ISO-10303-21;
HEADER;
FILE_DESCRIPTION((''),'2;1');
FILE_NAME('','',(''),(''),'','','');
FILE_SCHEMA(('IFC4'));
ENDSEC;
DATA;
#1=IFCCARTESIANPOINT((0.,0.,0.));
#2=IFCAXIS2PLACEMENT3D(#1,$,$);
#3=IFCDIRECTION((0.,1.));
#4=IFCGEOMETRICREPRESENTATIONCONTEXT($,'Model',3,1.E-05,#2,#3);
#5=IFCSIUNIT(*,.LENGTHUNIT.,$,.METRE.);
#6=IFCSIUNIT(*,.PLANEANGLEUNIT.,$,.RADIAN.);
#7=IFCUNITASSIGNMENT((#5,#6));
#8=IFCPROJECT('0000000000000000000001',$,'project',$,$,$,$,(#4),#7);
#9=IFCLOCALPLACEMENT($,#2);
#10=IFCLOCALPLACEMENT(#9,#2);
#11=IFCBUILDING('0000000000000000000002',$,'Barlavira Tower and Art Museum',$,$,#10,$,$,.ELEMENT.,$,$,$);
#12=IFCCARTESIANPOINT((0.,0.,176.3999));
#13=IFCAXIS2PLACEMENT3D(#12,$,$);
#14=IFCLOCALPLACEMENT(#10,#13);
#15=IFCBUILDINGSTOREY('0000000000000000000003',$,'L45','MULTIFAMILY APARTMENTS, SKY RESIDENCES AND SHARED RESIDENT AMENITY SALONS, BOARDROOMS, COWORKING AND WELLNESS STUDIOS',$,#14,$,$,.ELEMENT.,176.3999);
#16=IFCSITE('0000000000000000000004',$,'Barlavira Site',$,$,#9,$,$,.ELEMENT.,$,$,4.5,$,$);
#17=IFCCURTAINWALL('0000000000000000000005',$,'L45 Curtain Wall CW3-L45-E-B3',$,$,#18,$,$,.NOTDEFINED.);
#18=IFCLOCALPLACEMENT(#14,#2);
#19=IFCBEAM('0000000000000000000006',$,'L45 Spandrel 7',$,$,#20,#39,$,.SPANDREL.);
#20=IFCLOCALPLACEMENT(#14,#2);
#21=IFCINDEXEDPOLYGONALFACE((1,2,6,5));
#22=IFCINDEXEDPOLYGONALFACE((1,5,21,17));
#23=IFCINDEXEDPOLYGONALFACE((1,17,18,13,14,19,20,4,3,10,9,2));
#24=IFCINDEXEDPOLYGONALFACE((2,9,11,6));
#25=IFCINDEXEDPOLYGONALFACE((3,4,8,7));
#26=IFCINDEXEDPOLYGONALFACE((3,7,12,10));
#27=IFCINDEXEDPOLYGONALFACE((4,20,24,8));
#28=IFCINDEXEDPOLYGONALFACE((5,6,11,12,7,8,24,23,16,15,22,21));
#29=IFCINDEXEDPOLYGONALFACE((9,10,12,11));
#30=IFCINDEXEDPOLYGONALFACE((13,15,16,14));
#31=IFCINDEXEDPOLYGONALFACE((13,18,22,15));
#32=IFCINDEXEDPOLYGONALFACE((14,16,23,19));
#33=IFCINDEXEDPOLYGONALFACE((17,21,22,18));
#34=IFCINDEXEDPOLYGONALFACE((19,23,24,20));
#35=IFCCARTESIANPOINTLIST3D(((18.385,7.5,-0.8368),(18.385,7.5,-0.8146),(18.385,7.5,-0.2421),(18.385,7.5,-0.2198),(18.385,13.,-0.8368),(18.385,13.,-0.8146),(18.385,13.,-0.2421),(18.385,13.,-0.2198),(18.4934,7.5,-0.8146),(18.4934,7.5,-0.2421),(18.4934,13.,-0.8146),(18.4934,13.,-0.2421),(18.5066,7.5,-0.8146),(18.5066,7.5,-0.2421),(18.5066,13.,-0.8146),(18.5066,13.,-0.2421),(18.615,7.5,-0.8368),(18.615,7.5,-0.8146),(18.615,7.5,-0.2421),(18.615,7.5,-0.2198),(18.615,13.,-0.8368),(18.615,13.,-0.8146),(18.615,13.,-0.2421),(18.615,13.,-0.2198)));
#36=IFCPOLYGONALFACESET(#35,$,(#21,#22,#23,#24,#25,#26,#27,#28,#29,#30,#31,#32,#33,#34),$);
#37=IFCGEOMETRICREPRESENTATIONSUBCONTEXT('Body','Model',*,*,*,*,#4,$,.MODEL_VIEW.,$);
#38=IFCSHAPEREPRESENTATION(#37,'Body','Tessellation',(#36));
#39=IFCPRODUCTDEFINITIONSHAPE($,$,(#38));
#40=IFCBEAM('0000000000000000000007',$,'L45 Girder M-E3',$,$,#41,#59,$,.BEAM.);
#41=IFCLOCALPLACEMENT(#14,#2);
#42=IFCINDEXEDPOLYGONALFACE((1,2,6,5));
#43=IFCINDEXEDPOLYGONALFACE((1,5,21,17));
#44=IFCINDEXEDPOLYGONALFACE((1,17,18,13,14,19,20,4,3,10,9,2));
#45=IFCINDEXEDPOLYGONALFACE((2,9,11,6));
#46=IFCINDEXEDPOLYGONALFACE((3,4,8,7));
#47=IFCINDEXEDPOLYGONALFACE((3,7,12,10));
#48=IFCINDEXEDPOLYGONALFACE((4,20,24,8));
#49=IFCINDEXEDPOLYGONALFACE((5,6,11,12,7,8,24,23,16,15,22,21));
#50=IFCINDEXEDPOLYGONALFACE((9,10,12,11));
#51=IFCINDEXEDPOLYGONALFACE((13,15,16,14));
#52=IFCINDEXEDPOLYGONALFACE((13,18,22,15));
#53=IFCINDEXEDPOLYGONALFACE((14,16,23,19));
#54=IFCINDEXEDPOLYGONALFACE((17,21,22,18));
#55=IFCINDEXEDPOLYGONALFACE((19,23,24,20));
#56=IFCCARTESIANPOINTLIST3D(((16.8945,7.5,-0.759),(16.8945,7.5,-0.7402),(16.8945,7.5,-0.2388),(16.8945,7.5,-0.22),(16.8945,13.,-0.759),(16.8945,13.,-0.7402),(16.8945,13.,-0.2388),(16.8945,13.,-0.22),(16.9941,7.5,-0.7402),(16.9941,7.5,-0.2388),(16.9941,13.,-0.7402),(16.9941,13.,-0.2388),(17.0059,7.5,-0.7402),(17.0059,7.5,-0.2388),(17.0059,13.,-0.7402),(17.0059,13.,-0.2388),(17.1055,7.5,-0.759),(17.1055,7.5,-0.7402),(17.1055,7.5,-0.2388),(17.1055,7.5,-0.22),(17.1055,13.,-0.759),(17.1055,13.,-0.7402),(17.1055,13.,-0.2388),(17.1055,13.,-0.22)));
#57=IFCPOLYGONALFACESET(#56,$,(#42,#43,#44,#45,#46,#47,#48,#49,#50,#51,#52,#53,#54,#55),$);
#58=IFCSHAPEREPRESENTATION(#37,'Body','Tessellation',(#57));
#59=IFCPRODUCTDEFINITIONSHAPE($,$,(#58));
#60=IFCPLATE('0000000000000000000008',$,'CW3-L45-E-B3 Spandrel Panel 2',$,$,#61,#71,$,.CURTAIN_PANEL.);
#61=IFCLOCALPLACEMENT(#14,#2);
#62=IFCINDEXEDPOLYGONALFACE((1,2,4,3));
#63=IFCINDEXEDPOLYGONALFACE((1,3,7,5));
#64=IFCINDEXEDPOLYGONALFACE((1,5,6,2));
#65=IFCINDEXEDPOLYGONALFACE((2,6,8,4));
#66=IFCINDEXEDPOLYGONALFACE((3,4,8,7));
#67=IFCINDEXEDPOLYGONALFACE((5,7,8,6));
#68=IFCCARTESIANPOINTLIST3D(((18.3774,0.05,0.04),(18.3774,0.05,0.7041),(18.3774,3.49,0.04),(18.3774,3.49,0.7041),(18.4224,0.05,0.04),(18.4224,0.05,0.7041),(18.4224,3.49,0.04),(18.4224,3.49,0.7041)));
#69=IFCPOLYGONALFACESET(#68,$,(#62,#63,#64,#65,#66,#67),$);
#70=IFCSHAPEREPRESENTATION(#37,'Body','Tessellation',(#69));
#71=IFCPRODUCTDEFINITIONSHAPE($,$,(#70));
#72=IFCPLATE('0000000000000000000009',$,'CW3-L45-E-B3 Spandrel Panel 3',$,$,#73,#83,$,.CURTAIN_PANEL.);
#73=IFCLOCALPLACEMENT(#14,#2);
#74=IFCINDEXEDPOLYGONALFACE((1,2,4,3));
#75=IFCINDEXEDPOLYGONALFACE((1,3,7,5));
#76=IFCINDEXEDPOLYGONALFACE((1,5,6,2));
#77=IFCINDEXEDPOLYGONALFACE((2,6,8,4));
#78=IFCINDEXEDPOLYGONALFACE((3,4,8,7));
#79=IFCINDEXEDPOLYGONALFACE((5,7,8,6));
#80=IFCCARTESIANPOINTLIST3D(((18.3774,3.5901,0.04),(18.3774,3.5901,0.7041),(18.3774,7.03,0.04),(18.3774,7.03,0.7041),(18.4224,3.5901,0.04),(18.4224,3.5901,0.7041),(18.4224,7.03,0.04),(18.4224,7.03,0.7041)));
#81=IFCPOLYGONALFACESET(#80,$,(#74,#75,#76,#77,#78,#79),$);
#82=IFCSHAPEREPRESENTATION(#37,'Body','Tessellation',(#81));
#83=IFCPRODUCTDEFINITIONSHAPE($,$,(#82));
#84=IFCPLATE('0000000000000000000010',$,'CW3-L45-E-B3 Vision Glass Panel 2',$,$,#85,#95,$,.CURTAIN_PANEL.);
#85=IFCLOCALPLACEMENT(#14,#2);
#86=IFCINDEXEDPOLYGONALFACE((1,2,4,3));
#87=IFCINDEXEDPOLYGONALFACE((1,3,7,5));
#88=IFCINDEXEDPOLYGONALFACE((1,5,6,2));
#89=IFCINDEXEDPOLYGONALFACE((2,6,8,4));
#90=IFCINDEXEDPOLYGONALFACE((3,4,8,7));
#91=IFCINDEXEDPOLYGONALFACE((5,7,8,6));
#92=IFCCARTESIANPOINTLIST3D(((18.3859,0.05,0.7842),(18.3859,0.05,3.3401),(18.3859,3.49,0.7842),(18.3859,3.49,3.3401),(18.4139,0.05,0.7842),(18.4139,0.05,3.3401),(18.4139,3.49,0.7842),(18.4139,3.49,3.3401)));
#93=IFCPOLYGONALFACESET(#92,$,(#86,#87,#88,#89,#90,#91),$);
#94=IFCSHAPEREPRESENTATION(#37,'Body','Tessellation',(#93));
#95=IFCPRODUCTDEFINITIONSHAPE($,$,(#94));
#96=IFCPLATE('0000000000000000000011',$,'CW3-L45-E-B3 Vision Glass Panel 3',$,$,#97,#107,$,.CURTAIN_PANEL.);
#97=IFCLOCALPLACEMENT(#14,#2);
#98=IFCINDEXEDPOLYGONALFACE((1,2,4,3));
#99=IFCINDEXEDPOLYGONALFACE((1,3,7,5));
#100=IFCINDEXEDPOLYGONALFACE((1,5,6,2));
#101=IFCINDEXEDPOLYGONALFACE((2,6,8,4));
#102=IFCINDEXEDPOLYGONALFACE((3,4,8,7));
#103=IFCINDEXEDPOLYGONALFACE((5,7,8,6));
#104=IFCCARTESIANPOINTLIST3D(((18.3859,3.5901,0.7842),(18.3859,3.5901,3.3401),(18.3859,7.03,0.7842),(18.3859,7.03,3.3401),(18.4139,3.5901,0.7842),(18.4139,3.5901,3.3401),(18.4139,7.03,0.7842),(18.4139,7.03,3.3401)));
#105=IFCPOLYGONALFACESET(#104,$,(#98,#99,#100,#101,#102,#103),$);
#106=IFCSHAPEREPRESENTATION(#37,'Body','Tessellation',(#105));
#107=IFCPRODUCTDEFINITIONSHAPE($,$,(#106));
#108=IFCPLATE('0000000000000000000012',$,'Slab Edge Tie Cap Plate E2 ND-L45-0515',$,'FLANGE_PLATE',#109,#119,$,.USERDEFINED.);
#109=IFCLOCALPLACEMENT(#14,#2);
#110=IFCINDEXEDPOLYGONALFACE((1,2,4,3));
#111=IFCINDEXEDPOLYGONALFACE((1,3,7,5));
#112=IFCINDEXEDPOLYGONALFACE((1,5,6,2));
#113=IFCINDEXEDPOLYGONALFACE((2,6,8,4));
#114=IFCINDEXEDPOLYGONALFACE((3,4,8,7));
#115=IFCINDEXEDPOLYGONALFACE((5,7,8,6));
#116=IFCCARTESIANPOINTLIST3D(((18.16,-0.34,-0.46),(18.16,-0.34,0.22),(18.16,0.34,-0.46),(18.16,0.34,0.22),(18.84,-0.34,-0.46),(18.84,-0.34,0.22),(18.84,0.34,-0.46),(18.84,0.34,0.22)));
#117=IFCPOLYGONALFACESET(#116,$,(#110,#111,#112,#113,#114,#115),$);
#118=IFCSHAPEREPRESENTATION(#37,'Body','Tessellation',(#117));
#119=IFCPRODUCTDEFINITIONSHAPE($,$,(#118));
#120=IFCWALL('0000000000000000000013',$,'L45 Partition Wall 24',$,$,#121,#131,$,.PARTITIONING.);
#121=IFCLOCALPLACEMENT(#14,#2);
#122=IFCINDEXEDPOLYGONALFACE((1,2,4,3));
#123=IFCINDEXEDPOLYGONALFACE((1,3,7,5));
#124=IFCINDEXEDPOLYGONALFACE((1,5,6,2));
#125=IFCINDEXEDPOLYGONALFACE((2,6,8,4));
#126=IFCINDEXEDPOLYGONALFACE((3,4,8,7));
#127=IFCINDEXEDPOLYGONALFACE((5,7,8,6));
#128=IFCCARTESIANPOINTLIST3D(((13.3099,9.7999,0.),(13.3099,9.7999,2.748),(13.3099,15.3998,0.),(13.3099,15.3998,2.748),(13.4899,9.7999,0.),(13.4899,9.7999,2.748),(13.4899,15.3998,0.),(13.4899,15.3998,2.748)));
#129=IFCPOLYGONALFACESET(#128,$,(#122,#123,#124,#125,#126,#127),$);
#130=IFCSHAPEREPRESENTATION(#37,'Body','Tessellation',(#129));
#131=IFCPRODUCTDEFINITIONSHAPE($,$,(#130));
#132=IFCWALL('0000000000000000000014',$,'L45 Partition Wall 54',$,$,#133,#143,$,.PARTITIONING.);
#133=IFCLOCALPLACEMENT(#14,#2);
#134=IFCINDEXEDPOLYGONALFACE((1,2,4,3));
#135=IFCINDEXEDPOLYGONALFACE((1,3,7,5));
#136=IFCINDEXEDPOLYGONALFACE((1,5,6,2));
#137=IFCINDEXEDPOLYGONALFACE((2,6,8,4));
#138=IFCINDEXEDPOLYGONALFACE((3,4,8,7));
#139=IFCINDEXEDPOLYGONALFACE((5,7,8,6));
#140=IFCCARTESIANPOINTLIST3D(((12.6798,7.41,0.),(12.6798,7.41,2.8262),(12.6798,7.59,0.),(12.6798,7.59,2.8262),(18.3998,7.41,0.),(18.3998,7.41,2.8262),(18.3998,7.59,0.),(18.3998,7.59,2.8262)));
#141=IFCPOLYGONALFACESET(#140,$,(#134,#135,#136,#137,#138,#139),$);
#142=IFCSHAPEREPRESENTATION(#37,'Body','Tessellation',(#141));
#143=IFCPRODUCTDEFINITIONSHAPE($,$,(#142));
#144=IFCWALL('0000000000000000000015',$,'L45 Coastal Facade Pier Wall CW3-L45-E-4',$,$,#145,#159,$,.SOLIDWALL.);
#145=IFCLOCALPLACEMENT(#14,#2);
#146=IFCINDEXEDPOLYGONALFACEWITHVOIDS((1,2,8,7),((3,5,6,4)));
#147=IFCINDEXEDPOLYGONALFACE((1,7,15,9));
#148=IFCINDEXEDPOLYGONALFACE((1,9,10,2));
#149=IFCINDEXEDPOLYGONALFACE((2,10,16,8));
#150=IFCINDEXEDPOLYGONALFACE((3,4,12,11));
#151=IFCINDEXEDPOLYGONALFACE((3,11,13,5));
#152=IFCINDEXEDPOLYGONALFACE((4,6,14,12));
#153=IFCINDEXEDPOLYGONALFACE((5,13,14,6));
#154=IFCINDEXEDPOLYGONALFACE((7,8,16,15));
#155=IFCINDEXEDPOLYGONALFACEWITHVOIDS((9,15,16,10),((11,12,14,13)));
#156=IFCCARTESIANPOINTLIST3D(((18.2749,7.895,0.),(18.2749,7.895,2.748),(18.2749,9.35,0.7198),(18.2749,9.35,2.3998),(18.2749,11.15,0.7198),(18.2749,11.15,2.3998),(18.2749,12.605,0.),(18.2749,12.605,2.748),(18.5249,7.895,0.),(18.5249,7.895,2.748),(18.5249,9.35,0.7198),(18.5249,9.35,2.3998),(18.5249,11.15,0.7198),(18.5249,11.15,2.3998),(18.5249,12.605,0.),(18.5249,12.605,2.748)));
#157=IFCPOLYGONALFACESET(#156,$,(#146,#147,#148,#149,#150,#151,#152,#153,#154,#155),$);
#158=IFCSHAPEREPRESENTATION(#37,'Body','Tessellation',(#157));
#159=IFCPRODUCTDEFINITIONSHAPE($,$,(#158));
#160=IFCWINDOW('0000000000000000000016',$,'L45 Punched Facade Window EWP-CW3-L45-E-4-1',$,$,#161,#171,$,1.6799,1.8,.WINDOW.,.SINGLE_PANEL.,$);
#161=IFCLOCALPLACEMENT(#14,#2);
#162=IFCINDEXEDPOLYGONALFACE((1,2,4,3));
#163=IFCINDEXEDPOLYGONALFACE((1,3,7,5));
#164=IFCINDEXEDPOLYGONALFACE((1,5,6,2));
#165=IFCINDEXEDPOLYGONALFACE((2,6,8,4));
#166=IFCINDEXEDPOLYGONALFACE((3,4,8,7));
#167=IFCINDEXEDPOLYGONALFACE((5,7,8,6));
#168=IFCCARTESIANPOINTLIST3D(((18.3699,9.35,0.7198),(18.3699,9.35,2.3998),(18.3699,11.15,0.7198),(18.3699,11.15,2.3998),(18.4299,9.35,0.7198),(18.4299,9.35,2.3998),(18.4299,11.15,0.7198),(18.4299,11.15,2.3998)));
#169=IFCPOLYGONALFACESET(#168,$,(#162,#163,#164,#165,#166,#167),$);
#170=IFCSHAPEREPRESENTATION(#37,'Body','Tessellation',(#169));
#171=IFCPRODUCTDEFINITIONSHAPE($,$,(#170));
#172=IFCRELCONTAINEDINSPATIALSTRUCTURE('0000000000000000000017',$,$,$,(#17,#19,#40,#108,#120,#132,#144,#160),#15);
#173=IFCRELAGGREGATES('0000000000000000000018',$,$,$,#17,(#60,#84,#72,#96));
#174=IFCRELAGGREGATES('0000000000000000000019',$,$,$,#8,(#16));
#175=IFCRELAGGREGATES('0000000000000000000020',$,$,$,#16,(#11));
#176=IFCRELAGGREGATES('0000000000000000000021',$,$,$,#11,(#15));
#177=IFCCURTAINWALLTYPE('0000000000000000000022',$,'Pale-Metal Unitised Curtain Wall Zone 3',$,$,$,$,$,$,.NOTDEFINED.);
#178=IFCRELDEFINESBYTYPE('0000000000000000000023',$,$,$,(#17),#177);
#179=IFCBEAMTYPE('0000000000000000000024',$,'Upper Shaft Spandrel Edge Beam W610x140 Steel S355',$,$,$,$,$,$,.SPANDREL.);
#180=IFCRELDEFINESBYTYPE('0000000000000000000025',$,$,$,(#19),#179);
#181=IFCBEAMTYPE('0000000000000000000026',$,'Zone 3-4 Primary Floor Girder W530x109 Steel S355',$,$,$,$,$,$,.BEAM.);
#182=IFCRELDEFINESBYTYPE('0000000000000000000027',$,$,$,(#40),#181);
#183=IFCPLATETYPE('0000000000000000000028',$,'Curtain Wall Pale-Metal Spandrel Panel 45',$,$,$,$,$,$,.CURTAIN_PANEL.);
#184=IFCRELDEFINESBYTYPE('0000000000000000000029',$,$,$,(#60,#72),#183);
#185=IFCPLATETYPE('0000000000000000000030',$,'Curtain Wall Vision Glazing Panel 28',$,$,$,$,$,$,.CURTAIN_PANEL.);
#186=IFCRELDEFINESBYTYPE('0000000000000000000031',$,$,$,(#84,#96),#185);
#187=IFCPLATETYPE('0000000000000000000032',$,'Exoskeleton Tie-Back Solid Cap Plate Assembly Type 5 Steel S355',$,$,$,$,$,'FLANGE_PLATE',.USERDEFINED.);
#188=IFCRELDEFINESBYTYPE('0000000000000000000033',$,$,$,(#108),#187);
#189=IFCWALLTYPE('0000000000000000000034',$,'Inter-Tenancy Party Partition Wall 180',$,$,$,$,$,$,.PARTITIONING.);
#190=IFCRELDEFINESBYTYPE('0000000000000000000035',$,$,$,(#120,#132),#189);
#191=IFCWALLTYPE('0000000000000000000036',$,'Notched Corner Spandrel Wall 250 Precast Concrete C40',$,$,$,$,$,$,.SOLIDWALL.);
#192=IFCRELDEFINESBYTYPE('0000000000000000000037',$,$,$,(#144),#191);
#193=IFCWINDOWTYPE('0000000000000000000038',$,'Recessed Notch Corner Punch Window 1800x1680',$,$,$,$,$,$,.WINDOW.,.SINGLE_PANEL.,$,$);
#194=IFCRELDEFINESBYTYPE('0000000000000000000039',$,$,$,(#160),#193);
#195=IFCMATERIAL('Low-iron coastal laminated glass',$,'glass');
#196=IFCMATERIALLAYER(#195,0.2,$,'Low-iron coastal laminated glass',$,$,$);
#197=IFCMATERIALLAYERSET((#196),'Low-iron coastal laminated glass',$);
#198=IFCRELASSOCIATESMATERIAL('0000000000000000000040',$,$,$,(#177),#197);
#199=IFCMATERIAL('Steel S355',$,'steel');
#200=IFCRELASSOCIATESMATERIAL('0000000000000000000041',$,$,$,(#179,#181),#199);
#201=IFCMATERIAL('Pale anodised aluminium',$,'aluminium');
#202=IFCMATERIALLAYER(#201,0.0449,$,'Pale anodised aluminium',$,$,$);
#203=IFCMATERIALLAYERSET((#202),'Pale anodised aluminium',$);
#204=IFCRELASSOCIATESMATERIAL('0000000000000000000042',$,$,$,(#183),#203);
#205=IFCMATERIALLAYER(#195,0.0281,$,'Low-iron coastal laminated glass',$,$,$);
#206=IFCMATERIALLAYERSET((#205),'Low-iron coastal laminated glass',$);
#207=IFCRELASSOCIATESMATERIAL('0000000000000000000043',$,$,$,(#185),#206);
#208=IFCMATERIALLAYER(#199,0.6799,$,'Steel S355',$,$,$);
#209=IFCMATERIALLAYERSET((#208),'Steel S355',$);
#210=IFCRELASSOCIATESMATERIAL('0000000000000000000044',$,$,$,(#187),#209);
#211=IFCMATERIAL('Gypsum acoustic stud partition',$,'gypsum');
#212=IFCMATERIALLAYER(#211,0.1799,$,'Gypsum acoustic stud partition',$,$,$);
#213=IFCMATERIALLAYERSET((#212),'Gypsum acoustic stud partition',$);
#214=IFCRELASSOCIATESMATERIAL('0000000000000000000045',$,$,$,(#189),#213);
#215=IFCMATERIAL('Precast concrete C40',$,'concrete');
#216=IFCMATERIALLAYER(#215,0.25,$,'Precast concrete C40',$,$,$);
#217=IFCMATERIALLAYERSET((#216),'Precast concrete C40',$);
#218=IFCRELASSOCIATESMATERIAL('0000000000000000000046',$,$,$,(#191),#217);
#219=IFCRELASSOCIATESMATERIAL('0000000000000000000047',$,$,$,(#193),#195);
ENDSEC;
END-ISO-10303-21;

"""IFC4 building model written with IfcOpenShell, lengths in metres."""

from ifc_helpers import new_model, si_unit, direction, frame, frame_2d, origin, origin_2d, place, context, subcontext, project, spatial, rectangle, i_section, extrude, material, layer, layer_set, material_profile, profile_set, type_object, element, fill, aggregate, save


model = new_model("IFC4")

# Units and contexts
model_context = context("Model", 3, precision=1e-05, world=origin(), true_north=direction((0.0, 1.0)))
body_context = subcontext(model_context, "Body", "Model", "MODEL_VIEW")
ifc_project = project(units=[si_unit("LENGTHUNIT", "METRE"), si_unit("PLANEANGLEUNIT", "RADIAN")], contexts=[model_context])

# Site, building, storey
site_placement = place(None, origin())
site = spatial("IfcSite", under=ifc_project, at=site_placement, Name="Barlavira Site", CompositionType="ELEMENT", RefElevation=4.5)
building_placement = place(site_placement, origin())
building = spatial("IfcBuilding", under=site, at=building_placement, Name="Barlavira Tower and Art Museum", CompositionType="ELEMENT")
storey_placement = place(building_placement, frame((0.0, 0.0, 176.3999)))
storey = spatial("IfcBuildingStorey", under=building, at=storey_placement, Name="L45", Description="MULTIFAMILY APARTMENTS, SKY RESIDENCES AND SHARED RESIDENT AMENITY SALONS, BOARDROOMS, COWORKING AND WELLNESS STUDIOS", CompositionType="ELEMENT", Elevation=176.3999)

# Curtain wall
ifc_material_1 = material(Name="Low-iron coastal laminated glass", Category="glass")
ifc_layer_1 = layer(ifc_material_1, 0.2, Name="Low-iron coastal laminated glass")
ifc_layer_set_1 = layer_set([ifc_layer_1], Name="Low-iron coastal laminated glass")
curtain_wall_type = type_object("IfcCurtainWallType", Name="Pale-Metal Unitised Curtain Wall Zone 3", PredefinedType="NOTDEFINED", material=ifc_layer_set_1)
curtain_wall_placement = place(storey_placement, origin())
curtain_wall = element("IfcCurtainWall", 1, at=curtain_wall_placement, inside=storey, type_object=curtain_wall_type, Name="L45 Curtain Wall CW3-L45-E-B3", PredefinedType="NOTDEFINED")
ifc_material_2 = material(Name="Pale anodised aluminium", Category="aluminium")

# Shared definitions
ifc_material_3 = material(Name="Steel S355", Category="steel")

# Beams
ifc_material_profile_1 = material_profile(ifc_material_3, i_section(OverallWidth=0.23, OverallDepth=0.6169, WebThickness=0.0132, FlangeThickness=0.0222, at=origin_2d()), Name="W610x140.0")
ifc_profile_set_1 = profile_set([ifc_material_profile_1], Name="Steel S355")
beam_type_1 = type_object("IfcBeamType", Name="Upper Shaft Spandrel Edge Beam W610x140 Steel S355", PredefinedType="SPANDREL", material=ifc_profile_set_1)
beam_1_placement = place(storey_placement, frame((18.5, 7.5, -0.5283), z_axis=(0.0, 1.0, 0.0), x_axis=(-1.0, 0.0, 0.0)))
element("IfcBeam", 2, at=beam_1_placement, inside=storey, type_object=beam_type_1, Name="L45 Spandrel 7", PredefinedType="SPANDREL", context=body_context, shape_type="SweptSolid", body=[
    extrude(i_section(OverallWidth=0.23, OverallDepth=0.6169, WebThickness=0.0132, FlangeThickness=0.0222, at=origin_2d()), origin(), (0.0, 0.0, 1.0), 5.5),
])
ifc_material_profile_2 = material_profile(ifc_material_3, i_section(OverallWidth=0.2109, OverallDepth=0.5391, WebThickness=0.0117, FlangeThickness=0.0188, at=origin_2d()), Name="W530x109.0")
ifc_profile_set_2 = profile_set([ifc_material_profile_2], Name="Steel S355")
beam_type_2 = type_object("IfcBeamType", Name="Zone 3-4 Primary Floor Girder W530x109 Steel S355", PredefinedType="BEAM", material=ifc_profile_set_2)
beam_2_placement = place(storey_placement, frame((17.0, 7.5, -0.4895), z_axis=(0.0, 1.0, 0.0), x_axis=(-1.0, 0.0, 0.0)))
element("IfcBeam", 3, at=beam_2_placement, inside=storey, type_object=beam_type_2, Name="L45 Girder M-E3", PredefinedType="BEAM", context=body_context, shape_type="SweptSolid", body=[
    extrude(i_section(OverallWidth=0.2109, OverallDepth=0.5391, WebThickness=0.0117, FlangeThickness=0.0188, at=origin_2d()), origin(), (0.0, 0.0, 1.0), 5.5),
])

# Plates
ifc_layer_2 = layer(ifc_material_2, 0.0449, Name="Pale anodised aluminium")
ifc_layer_set_2 = layer_set([ifc_layer_2], Name="Pale anodised aluminium")
plate_type_1 = type_object("IfcPlateType", Name="Curtain Wall Pale-Metal Spandrel Panel 45", PredefinedType="CURTAIN_PANEL", material=ifc_layer_set_2)
plate_1_placement = place(storey_placement, frame((18.3999, 1.77, 0.04), z_axis=(0.0, 0.0, 1.0), x_axis=(0.0, 1.0, 0.0)))
plate_1 = element("IfcPlate", 4, at=plate_1_placement, type_object=plate_type_1, Name="CW3-L45-E-B3 Spandrel Panel 2", PredefinedType="CURTAIN_PANEL", context=body_context, shape_type="SweptSolid", body=[
    extrude(rectangle(XDim=3.4399, YDim=0.0449, at=origin_2d()), origin(), (0.0, 0.0, 1.0), 0.6641),
])
plate_2_placement = place(storey_placement, frame((18.3999, 5.3101, 0.04), z_axis=(0.0, 0.0, 1.0), x_axis=(0.0, 1.0, 0.0)))
plate_2 = element("IfcPlate", 5, at=plate_2_placement, type_object=plate_type_1, Name="CW3-L45-E-B3 Spandrel Panel 3", PredefinedType="CURTAIN_PANEL", context=body_context, shape_type="SweptSolid", body=[
    extrude(rectangle(XDim=3.4399, YDim=0.0449, at=origin_2d()), origin(), (0.0, 0.0, 1.0), 0.6641),
])
ifc_layer_3 = layer(ifc_material_1, 0.0281, Name="Low-iron coastal laminated glass")
ifc_layer_set_3 = layer_set([ifc_layer_3], Name="Low-iron coastal laminated glass")
plate_type_2 = type_object("IfcPlateType", Name="Curtain Wall Vision Glazing Panel 28", PredefinedType="CURTAIN_PANEL", material=ifc_layer_set_3)
plate_3_placement = place(storey_placement, frame((18.3999, 1.77, 0.7842), z_axis=(0.0, 0.0, 1.0), x_axis=(0.0, 1.0, 0.0)))
plate_3 = element("IfcPlate", 6, at=plate_3_placement, type_object=plate_type_2, Name="CW3-L45-E-B3 Vision Glass Panel 2", PredefinedType="CURTAIN_PANEL", context=body_context, shape_type="SweptSolid", body=[
    extrude(rectangle(XDim=3.4399, YDim=0.0281, at=origin_2d()), origin(), (0.0, 0.0, 1.0), 2.5559),
])
plate_4_placement = place(storey_placement, frame((18.3999, 5.3101, 0.7842), z_axis=(0.0, 0.0, 1.0), x_axis=(0.0, 1.0, 0.0)))
plate_4 = element("IfcPlate", 7, at=plate_4_placement, type_object=plate_type_2, Name="CW3-L45-E-B3 Vision Glass Panel 3", PredefinedType="CURTAIN_PANEL", context=body_context, shape_type="SweptSolid", body=[
    extrude(rectangle(XDim=3.4399, YDim=0.0281, at=origin_2d()), origin(), (0.0, 0.0, 1.0), 2.5559),
])
aggregate(curtain_wall, [plate_1, plate_3, plate_2, plate_4])
ifc_layer_4 = layer(ifc_material_3, 0.6799, Name="Steel S355")
ifc_layer_set_4 = layer_set([ifc_layer_4], Name="Steel S355")
plate_type_3 = type_object("IfcPlateType", Name="Exoskeleton Tie-Back Solid Cap Plate Assembly Type 5 Steel S355", ElementType="FLANGE_PLATE", PredefinedType="USERDEFINED", material=ifc_layer_set_4)
plate_5_placement = place(storey_placement, frame((18.5, 0.0, -0.46), z_axis=(0.0, 0.0, 1.0), x_axis=(1.0, 0.0, 0.0)))
element("IfcPlate", 8, at=plate_5_placement, inside=storey, type_object=plate_type_3, Name="Slab Edge Tie Cap Plate E2 ND-L45-0515", ObjectType="FLANGE_PLATE", PredefinedType="USERDEFINED", context=body_context, shape_type="SweptSolid", body=[
    extrude(rectangle(XDim=0.6799, YDim=0.6799, at=origin_2d()), origin(), (0.0, 0.0, 1.0), 0.6799),
])

# Walls
ifc_material_4 = material(Name="Gypsum acoustic stud partition", Category="gypsum")
ifc_layer_5 = layer(ifc_material_4, 0.1799, Name="Gypsum acoustic stud partition")
ifc_layer_set_5 = layer_set([ifc_layer_5], Name="Gypsum acoustic stud partition")
wall_type_1 = type_object("IfcWallType", Name="Inter-Tenancy Party Partition Wall 180", PredefinedType="PARTITIONING", material=ifc_layer_set_5)
wall_1_placement = place(storey_placement, frame((13.3999, 9.8, 0.0), z_axis=(0.0, 0.0, 1.0), x_axis=(0.0, 1.0, 0.0)))
element("IfcWall", 9, at=wall_1_placement, inside=storey, type_object=wall_type_1, Name="L45 Partition Wall 24", PredefinedType="PARTITIONING", context=body_context, shape_type="SweptSolid", body=[
    extrude(rectangle(XDim=5.5999, YDim=0.1799, at=frame_2d((2.7998, 0.0))), origin(), (0.0, 0.0, 1.0), 2.748),
])
wall_2_placement = place(storey_placement, frame((12.6799, 7.5, 0.0), z_axis=(0.0, 0.0, 1.0), x_axis=(1.0, 0.0, 0.0)))
element("IfcWall", 10, at=wall_2_placement, inside=storey, type_object=wall_type_1, Name="L45 Partition Wall 54", PredefinedType="PARTITIONING", context=body_context, shape_type="SweptSolid", body=[
    extrude(rectangle(XDim=5.72, YDim=0.1799, at=frame_2d((2.8599, 0.0))), origin(), (0.0, 0.0, 1.0), 2.8262),
])

# Wall, opening, window
ifc_material_5 = material(Name="Precast concrete C40", Category="concrete")
ifc_layer_6 = layer(ifc_material_5, 0.25, Name="Precast concrete C40")
ifc_layer_set_6 = layer_set([ifc_layer_6], Name="Precast concrete C40")
wall_type_2 = type_object("IfcWallType", Name="Notched Corner Spandrel Wall 250 Precast Concrete C40", PredefinedType="SOLIDWALL", material=ifc_layer_set_6)
wall_3_placement = place(storey_placement, frame((18.3999, 7.895, 0.0), z_axis=(0.0, 0.0, 1.0), x_axis=(0.0, 1.0, 0.0)))
wall_3 = element("IfcWall", 11, at=wall_3_placement, inside=storey, type_object=wall_type_2, Name="L45 Coastal Facade Pier Wall CW3-L45-E-4", PredefinedType="SOLIDWALL", context=body_context, shape_type="SweptSolid", body=[
    extrude(rectangle(XDim=4.71, YDim=0.25, at=frame_2d((2.355, 0.0))), origin(), (0.0, 0.0, 1.0), 2.748),
])
opening_placement = place(wall_3_placement, frame((1.4551, 0.0, 0.72)))
opening = element("IfcOpeningElement", 12, at=opening_placement, cuts=wall_3, PredefinedType="OPENING", context=body_context, shape_type="SweptSolid", body=[
    extrude(rectangle(XDim=1.8, YDim=1.6799, at=frame_2d((0.8999, 0.8398))), frame((0.0, 0.135, 0.0), z_axis=(0.0, -1.0, 0.0), x_axis=(1.0, 0.0, 0.0)), (0.0, 0.0, 1.0), 0.27),
])
window_type = type_object("IfcWindowType", Name="Recessed Notch Corner Punch Window 1800x1680", PartitioningType="SINGLE_PANEL", PredefinedType="WINDOW", material=ifc_material_1)
window_placement = place(opening_placement, origin())
window = element("IfcWindow", 13, at=window_placement, inside=storey, type_object=window_type, Name="L45 Punched Facade Window EWP-CW3-L45-E-4-1", OverallHeight=1.6799, OverallWidth=1.8, PartitioningType="SINGLE_PANEL", PredefinedType="WINDOW", context=body_context, shape_type="SweptSolid", body=[
    extrude(rectangle(XDim=1.8, YDim=1.6799, at=frame_2d((0.8999, 0.8398))), frame((0.0, 0.03, 0.0), z_axis=(0.0, -1.0, 0.0), x_axis=(1.0, 0.0, 0.0)), (0.0, 0.0, 1.0), 0.0601),
])
fill(opening, window)

save(model, "model.ifc")
